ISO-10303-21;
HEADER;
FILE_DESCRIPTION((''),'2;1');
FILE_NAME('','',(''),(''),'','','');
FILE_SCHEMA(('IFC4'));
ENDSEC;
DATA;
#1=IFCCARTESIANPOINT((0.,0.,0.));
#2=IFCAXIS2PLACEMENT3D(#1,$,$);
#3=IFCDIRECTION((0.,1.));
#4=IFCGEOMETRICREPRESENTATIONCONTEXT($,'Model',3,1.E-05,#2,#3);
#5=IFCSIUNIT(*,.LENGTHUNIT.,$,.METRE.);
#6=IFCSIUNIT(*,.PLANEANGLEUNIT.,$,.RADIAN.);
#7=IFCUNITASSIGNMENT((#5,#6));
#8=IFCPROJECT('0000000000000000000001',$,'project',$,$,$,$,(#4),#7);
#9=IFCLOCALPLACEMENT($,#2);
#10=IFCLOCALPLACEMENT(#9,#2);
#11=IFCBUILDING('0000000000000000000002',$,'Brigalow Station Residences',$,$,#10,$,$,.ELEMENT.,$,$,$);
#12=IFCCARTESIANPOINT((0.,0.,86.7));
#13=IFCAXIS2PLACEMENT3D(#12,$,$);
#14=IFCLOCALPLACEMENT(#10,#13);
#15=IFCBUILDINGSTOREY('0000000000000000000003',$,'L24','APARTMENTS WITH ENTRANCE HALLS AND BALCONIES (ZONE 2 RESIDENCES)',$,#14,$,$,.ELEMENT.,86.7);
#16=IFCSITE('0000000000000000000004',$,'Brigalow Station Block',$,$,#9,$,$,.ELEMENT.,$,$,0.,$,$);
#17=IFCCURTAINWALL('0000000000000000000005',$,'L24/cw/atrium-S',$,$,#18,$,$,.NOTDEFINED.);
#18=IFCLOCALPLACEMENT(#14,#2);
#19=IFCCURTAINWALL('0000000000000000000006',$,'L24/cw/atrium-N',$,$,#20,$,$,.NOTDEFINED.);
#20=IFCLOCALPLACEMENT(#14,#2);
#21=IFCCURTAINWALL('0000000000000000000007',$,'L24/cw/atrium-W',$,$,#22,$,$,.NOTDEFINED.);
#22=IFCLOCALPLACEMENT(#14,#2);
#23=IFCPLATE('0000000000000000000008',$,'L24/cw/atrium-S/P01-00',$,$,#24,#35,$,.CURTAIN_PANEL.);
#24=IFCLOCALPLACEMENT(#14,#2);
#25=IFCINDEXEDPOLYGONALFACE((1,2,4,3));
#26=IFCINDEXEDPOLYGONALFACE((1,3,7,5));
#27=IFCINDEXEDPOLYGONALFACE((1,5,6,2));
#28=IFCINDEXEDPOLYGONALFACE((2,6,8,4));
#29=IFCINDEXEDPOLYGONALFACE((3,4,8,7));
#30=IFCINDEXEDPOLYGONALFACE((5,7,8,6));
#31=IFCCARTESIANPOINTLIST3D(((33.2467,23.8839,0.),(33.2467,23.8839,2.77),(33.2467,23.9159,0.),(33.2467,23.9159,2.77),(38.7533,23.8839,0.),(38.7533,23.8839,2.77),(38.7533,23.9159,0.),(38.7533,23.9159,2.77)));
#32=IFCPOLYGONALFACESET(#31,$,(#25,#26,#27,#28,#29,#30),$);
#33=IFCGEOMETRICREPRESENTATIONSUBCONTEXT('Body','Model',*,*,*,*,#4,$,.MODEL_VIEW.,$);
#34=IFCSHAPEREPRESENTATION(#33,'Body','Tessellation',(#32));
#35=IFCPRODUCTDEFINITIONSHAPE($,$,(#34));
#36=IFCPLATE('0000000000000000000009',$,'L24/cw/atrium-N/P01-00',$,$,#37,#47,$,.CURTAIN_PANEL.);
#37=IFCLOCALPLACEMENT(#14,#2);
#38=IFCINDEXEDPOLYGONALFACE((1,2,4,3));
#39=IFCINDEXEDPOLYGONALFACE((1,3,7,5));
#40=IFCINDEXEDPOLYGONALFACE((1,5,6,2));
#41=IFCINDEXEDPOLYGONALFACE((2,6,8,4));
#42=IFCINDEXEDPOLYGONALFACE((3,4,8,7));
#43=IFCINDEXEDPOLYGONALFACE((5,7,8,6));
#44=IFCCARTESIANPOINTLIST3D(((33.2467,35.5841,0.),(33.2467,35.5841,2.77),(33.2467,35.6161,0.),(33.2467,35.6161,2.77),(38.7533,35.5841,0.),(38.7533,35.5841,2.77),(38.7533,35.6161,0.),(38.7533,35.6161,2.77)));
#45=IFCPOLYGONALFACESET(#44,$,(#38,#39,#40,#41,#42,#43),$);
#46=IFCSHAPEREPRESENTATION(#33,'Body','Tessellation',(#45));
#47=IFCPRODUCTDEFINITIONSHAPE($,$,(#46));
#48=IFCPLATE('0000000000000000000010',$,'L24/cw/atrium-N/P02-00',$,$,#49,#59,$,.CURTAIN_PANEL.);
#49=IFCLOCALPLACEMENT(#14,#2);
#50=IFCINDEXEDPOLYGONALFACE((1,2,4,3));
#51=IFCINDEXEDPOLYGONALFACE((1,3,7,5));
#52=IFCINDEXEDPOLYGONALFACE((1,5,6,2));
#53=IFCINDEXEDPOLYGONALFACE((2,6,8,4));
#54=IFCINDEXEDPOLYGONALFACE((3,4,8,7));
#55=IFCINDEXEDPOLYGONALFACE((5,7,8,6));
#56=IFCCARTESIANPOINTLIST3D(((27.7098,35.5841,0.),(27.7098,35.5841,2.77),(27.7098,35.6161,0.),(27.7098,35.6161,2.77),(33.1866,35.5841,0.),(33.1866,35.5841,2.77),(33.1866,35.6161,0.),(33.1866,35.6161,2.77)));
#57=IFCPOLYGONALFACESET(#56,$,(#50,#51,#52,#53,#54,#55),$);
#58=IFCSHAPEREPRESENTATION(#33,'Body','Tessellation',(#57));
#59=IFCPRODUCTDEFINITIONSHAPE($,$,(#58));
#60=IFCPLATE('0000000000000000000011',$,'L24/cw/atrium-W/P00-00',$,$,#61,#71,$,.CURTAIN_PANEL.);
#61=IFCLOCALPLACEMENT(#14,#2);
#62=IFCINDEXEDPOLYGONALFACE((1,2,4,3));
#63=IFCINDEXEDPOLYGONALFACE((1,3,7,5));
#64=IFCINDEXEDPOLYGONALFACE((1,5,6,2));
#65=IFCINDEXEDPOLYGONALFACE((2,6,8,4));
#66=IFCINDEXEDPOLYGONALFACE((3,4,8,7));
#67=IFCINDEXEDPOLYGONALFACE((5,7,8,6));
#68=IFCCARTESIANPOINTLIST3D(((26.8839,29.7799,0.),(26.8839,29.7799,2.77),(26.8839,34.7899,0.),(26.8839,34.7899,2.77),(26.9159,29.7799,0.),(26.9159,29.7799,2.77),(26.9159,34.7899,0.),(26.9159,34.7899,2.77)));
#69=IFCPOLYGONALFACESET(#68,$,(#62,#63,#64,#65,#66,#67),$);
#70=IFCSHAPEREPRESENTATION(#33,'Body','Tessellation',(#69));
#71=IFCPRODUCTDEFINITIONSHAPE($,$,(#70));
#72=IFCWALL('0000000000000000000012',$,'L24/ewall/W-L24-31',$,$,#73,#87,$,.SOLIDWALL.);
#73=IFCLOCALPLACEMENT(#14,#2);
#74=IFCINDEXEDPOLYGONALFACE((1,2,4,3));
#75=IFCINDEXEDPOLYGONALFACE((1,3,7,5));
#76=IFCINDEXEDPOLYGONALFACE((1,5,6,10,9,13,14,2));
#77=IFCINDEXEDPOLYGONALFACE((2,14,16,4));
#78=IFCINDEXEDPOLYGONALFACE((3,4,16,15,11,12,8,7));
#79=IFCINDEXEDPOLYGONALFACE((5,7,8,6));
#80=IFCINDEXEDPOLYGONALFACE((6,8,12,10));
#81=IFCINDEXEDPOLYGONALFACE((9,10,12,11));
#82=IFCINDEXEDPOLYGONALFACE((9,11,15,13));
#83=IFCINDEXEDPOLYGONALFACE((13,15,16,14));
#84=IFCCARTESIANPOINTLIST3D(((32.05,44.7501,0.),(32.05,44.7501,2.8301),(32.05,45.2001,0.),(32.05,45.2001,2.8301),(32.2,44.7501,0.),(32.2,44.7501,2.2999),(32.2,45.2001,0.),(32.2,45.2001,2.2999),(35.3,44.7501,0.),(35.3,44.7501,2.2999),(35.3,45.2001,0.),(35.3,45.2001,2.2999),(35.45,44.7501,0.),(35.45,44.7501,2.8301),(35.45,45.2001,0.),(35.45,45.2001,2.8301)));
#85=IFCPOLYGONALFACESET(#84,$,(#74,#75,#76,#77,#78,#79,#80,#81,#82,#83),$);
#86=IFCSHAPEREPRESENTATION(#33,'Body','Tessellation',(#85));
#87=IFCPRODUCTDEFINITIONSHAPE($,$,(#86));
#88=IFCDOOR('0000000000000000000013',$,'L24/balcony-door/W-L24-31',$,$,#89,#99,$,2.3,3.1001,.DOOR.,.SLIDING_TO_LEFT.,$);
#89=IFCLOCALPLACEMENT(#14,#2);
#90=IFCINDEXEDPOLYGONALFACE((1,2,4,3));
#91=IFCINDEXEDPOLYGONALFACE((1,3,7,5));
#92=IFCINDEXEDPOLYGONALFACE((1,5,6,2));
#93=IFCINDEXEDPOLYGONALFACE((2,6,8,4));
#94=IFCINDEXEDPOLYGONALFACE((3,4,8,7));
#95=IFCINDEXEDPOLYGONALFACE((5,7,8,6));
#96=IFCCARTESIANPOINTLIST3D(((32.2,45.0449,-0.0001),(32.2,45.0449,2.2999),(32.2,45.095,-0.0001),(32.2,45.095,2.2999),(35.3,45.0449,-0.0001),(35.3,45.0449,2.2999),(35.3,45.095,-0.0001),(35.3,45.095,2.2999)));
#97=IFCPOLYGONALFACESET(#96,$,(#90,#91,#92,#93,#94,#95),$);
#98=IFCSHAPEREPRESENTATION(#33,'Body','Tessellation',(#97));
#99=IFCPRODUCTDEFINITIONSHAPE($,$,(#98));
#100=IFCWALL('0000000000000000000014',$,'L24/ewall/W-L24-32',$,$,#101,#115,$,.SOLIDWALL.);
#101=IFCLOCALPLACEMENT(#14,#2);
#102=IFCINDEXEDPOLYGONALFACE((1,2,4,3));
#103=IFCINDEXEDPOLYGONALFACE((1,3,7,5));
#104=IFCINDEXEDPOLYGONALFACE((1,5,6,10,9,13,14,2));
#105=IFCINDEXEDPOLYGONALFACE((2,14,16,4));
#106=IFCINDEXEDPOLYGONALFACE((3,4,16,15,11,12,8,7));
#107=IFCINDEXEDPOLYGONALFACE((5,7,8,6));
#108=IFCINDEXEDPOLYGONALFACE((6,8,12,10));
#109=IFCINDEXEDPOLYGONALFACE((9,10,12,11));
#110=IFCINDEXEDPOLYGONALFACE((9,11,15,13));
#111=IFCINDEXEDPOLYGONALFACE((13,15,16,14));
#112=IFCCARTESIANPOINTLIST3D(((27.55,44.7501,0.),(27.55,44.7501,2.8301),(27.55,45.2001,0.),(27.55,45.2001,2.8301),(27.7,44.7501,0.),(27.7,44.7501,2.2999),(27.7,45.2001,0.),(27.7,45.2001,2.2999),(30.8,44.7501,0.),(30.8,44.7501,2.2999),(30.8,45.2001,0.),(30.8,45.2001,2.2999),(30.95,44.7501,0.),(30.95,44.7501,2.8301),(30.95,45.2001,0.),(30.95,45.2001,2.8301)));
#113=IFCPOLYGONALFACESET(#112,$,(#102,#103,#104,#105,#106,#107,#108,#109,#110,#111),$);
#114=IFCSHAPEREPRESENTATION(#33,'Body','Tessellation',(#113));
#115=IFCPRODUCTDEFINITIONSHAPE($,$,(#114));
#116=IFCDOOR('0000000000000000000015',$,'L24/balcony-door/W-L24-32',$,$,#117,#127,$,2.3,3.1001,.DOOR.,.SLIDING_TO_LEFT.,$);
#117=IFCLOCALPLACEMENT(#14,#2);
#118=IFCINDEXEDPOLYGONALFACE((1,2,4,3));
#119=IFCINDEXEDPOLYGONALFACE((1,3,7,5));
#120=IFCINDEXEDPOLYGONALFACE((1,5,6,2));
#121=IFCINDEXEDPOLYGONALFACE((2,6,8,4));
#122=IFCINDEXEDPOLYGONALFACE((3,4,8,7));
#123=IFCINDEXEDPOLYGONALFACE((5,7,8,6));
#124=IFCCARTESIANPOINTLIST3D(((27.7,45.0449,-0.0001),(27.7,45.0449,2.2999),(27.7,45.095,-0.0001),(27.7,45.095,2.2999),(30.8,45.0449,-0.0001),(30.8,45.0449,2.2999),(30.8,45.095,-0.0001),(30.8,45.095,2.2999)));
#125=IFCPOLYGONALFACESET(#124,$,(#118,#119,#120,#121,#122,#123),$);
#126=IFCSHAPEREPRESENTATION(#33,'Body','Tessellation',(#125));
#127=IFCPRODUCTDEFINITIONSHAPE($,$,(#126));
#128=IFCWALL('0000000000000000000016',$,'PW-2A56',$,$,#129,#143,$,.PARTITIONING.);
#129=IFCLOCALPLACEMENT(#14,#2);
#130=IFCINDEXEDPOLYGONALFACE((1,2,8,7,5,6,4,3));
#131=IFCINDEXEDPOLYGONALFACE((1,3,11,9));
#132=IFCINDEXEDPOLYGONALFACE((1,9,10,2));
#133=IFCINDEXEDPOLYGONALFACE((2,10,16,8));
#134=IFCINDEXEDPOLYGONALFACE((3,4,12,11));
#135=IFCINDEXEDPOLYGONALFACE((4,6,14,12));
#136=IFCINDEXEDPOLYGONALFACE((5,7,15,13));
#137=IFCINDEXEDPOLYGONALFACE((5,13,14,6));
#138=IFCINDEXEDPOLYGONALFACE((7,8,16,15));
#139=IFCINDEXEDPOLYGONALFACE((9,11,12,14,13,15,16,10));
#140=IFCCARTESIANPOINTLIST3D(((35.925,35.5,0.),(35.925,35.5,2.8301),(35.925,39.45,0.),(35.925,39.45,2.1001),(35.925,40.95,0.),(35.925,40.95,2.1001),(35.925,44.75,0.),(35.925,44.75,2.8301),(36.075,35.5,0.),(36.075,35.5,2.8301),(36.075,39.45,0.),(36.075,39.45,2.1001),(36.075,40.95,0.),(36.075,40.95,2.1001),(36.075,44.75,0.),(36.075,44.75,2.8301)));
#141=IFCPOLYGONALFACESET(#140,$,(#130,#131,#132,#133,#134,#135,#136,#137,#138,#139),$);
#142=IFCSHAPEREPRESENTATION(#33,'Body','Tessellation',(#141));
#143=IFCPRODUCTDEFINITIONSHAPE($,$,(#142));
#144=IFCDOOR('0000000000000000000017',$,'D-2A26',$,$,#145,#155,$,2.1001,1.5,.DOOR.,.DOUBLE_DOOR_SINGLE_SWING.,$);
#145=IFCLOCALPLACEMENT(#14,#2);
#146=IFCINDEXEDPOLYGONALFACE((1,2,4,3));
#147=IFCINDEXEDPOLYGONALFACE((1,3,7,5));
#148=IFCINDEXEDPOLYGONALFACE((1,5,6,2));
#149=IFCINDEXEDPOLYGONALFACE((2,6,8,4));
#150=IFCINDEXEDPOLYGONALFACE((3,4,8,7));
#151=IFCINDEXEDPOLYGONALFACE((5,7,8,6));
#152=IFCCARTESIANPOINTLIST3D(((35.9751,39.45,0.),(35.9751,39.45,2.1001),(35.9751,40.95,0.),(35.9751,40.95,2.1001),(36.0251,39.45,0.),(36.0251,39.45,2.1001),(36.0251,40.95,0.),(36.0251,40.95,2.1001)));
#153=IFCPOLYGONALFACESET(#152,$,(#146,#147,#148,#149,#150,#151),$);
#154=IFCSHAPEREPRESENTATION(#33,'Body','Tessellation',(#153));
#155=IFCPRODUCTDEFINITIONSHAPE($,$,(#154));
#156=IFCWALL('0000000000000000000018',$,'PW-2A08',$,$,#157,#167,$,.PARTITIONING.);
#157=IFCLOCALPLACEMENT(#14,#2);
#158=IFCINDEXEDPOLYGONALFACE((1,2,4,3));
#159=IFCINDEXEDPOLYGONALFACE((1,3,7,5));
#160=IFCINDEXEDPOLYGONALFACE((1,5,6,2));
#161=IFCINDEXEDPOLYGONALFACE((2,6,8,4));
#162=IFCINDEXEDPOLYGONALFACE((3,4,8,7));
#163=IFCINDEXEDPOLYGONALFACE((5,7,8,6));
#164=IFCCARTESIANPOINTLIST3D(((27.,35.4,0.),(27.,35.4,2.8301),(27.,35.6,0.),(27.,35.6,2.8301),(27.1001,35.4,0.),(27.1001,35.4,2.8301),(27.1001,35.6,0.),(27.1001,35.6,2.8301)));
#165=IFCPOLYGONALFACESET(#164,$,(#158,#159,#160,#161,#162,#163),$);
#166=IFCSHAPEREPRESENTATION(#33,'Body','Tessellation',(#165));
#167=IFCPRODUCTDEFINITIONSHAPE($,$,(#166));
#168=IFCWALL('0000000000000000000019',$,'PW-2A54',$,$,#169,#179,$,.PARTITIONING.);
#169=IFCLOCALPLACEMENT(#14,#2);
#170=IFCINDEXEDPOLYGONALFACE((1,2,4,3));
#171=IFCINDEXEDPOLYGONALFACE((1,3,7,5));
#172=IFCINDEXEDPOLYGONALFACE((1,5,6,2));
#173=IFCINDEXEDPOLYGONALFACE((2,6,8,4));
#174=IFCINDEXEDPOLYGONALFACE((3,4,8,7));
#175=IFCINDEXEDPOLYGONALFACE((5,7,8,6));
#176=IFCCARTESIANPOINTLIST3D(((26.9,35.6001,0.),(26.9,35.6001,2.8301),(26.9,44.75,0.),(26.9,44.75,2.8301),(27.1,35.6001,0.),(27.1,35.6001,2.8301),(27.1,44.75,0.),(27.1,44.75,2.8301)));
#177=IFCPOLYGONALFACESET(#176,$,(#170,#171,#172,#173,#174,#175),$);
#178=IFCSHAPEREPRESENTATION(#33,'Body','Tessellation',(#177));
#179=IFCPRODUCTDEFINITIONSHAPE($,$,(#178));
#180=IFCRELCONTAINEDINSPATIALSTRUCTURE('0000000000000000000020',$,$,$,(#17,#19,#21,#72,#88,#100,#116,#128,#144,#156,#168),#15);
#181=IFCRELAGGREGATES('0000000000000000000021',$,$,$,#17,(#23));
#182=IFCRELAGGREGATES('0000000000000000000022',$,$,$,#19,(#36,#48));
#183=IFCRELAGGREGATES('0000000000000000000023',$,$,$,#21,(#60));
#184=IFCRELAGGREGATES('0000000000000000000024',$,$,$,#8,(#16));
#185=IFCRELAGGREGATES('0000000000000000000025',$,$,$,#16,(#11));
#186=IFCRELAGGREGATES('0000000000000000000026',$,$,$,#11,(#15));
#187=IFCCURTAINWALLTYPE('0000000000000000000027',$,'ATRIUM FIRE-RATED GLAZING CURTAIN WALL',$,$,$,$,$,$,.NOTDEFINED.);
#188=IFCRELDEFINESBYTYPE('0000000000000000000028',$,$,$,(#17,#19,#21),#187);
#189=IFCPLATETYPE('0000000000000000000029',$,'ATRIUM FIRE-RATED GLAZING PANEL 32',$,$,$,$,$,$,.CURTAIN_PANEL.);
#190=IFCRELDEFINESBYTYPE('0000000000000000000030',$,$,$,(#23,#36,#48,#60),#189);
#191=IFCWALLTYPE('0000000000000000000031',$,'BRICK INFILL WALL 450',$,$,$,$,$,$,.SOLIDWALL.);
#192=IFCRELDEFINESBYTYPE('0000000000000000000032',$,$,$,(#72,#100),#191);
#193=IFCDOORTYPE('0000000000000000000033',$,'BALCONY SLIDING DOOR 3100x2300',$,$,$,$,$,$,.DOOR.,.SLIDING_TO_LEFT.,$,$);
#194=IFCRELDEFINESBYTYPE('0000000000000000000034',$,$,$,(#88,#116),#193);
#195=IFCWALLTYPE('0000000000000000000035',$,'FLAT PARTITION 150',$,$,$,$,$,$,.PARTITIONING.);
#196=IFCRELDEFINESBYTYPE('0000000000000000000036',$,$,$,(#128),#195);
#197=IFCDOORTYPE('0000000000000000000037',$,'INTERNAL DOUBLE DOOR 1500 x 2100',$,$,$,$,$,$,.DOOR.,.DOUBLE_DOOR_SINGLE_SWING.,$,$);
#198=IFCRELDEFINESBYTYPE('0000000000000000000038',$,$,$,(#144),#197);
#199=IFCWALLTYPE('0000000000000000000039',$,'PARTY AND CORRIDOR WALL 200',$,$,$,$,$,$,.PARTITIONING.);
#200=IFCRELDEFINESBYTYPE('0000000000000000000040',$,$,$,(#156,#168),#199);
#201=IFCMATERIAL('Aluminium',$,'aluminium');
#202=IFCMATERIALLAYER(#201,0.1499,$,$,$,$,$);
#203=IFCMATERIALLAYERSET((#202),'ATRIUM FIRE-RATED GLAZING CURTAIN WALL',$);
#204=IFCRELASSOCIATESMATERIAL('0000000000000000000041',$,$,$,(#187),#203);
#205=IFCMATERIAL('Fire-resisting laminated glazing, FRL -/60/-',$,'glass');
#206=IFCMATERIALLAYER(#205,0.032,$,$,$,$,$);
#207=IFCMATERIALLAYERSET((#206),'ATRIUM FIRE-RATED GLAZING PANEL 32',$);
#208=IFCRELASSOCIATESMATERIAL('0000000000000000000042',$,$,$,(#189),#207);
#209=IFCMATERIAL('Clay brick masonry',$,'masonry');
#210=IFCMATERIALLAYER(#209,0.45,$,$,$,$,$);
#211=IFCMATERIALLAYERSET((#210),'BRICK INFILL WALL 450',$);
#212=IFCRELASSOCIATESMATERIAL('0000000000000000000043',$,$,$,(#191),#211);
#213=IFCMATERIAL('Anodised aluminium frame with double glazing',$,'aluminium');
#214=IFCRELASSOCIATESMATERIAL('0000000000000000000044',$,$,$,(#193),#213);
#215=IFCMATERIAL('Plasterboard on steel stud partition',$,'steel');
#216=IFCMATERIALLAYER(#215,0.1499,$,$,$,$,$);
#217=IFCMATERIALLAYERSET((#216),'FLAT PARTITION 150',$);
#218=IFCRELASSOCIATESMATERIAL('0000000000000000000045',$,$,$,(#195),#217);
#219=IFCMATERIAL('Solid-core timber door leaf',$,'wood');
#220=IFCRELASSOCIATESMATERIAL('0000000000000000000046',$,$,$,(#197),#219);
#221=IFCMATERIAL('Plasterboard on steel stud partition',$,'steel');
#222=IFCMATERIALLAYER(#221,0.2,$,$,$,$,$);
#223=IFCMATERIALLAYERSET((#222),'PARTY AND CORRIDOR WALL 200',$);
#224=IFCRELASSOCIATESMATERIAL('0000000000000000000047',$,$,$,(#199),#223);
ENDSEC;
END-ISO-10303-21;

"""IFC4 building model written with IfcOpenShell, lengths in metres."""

from ifc_helpers import new_model, si_unit, direction, frame, frame_2d, origin, origin_2d, place, context, subcontext, project, spatial, rectangle, extrude, material, layer, layer_set, type_object, element, fill, aggregate, save


model = new_model("IFC4")

# Units and contexts
model_context = context("Model", 3, precision=1e-05, world=origin(), true_north=direction((0.0, 1.0)))
body_context = subcontext(model_context, "Body", "Model", "MODEL_VIEW")
ifc_project = project(units=[si_unit("LENGTHUNIT", "METRE"), si_unit("PLANEANGLEUNIT", "RADIAN")], contexts=[model_context])

# Site, building, storey
site_placement = place(None, origin())
site = spatial("IfcSite", under=ifc_project, at=site_placement, Name="Brigalow Station Block", CompositionType="ELEMENT", RefElevation=0.0)
building_placement = place(site_placement, origin())
building = spatial("IfcBuilding", under=site, at=building_placement, Name="Brigalow Station Residences", CompositionType="ELEMENT")
storey_placement = place(building_placement, frame((0.0, 0.0, 86.7)))
storey = spatial("IfcBuildingStorey", under=building, at=storey_placement, Name="L24", Description="APARTMENTS WITH ENTRANCE HALLS AND BALCONIES (ZONE 2 RESIDENCES)", CompositionType="ELEMENT", Elevation=86.7)

# Curtain wall
ifc_material_1 = material(Name="Aluminium", Category="aluminium")
ifc_layer_1 = layer(ifc_material_1, 0.1499)
ifc_layer_set_1 = layer_set([ifc_layer_1], Name="ATRIUM FIRE-RATED GLAZING CURTAIN WALL")
curtain_wall_type = type_object("IfcCurtainWallType", Name="ATRIUM FIRE-RATED GLAZING CURTAIN WALL", PredefinedType="NOTDEFINED", material=ifc_layer_set_1)
curtain_wall_1_placement = place(storey_placement, origin())
curtain_wall_1 = element("IfcCurtainWall", 1, at=curtain_wall_1_placement, inside=storey, type_object=curtain_wall_type, Name="L24/cw/atrium-S", PredefinedType="NOTDEFINED")

# Curtain wall
curtain_wall_2_placement = place(storey_placement, origin())
curtain_wall_2 = element("IfcCurtainWall", 2, at=curtain_wall_2_placement, inside=storey, type_object=curtain_wall_type, Name="L24/cw/atrium-N", PredefinedType="NOTDEFINED")

# Curtain wall
curtain_wall_3_placement = place(storey_placement, origin())
curtain_wall_3 = element("IfcCurtainWall", 3, at=curtain_wall_3_placement, inside=storey, type_object=curtain_wall_type, Name="L24/cw/atrium-W", PredefinedType="NOTDEFINED")

# Plates
ifc_material_2 = material(Name="Fire-resisting laminated glazing, FRL -/60/-", Category="glass")
ifc_layer_2 = layer(ifc_material_2, 0.032)
ifc_layer_set_2 = layer_set([ifc_layer_2], Name="ATRIUM FIRE-RATED GLAZING PANEL 32")
plate_type = type_object("IfcPlateType", Name="ATRIUM FIRE-RATED GLAZING PANEL 32", PredefinedType="CURTAIN_PANEL", material=ifc_layer_set_2)
plate_1_placement = place(storey_placement, frame((36.0, 23.8999, 0.0), z_axis=(0.0, 0.0, 1.0), x_axis=(1.0, 0.0, 0.0)))
plate_1 = element("IfcPlate", 4, at=plate_1_placement, type_object=plate_type, Name="L24/cw/atrium-S/P01-00", PredefinedType="CURTAIN_PANEL", context=body_context, shape_type="SweptSolid", body=[
    extrude(rectangle(XDim=5.5066, YDim=0.032, at=origin_2d()), origin(), (0.0, 0.0, 1.0), 2.77),
])
aggregate(curtain_wall_1, [plate_1])
plate_2_placement = place(storey_placement, frame((36.0, 35.6001, 0.0), z_axis=(0.0, 0.0, 1.0), x_axis=(-1.0, 0.0, 0.0)))
plate_2 = element("IfcPlate", 5, at=plate_2_placement, type_object=plate_type, Name="L24/cw/atrium-N/P01-00", PredefinedType="CURTAIN_PANEL", context=body_context, shape_type="SweptSolid", body=[
    extrude(rectangle(XDim=5.5066, YDim=0.032, at=origin_2d()), origin(), (0.0, 0.0, 1.0), 2.77),
])
plate_3_placement = place(storey_placement, frame((30.4482, 35.6001, 0.0), z_axis=(0.0, 0.0, 1.0), x_axis=(-1.0, 0.0, 0.0)))
plate_3 = element("IfcPlate", 6, at=plate_3_placement, type_object=plate_type, Name="L24/cw/atrium-N/P02-00", PredefinedType="CURTAIN_PANEL", context=body_context, shape_type="SweptSolid", body=[
    extrude(rectangle(XDim=5.4768, YDim=0.032, at=origin_2d()), origin(), (0.0, 0.0, 1.0), 2.77),
])
aggregate(curtain_wall_2, [plate_2, plate_3])
plate_4_placement = place(storey_placement, frame((26.8999, 32.2849, 0.0), z_axis=(0.0, 0.0, 1.0), x_axis=(0.0, -1.0, 0.0)))
plate_4 = element("IfcPlate", 7, at=plate_4_placement, type_object=plate_type, Name="L24/cw/atrium-W/P00-00", PredefinedType="CURTAIN_PANEL", context=body_context, shape_type="SweptSolid", body=[
    extrude(rectangle(XDim=5.01, YDim=0.032, at=origin_2d()), origin(), (0.0, 0.0, 1.0), 2.77),
])
aggregate(curtain_wall_3, [plate_4])

# Walls, openings, doors
ifc_material_3 = material(Name="Clay brick masonry", Category="masonry")
ifc_layer_3 = layer(ifc_material_3, 0.45)
ifc_layer_set_3 = layer_set([ifc_layer_3], Name="BRICK INFILL WALL 450")
wall_type_1 = type_object("IfcWallType", Name="BRICK INFILL WALL 450", PredefinedType="SOLIDWALL", material=ifc_layer_set_3)
wall_1_placement = place(storey_placement, frame((35.45, 44.9751, 0.0), z_axis=(0.0, 0.0, 1.0), x_axis=(-1.0, 0.0, 0.0)))
wall_1 = element("IfcWall", 8, at=wall_1_placement, inside=storey, type_object=wall_type_1, Name="L24/ewall/W-L24-31", PredefinedType="SOLIDWALL", context=body_context, shape_type="SweptSolid", body=[
    extrude(rectangle(XDim=3.3999, YDim=0.45, at=frame_2d((1.7, 0.0))), origin(), (0.0, 0.0, 1.0), 2.8301),
])
opening_1_placement = place(wall_1_placement, frame((0.1499, 0.0, 0.0)))
opening_1 = element("IfcOpeningElement", 9, at=opening_1_placement, cuts=wall_1, PredefinedType="OPENING", context=body_context, shape_type="SweptSolid", body=[
    extrude(rectangle(XDim=3.1001, YDim=2.3, at=frame_2d((1.55, 1.1499))), frame((0.0, 0.2349, 0.0), z_axis=(0.0, -1.0, 0.0), x_axis=(1.0, 0.0, 0.0)), (0.0, 0.0, 1.0), 0.47),
])
ifc_material_4 = material(Name="Anodised aluminium frame with double glazing", Category="aluminium")
door_type_1 = type_object("IfcDoorType", Name="BALCONY SLIDING DOOR 3100x2300", OperationType="SLIDING_TO_LEFT", PredefinedType="DOOR", material=ifc_material_4)
door_1_placement = place(opening_1_placement, origin())
door_1 = element("IfcDoor", 10, at=door_1_placement, inside=storey, type_object=door_type_1, Name="L24/balcony-door/W-L24-31", OperationType="SLIDING_TO_LEFT", OverallHeight=2.3, OverallWidth=3.1001, PredefinedType="DOOR", context=body_context, shape_type="SweptSolid", body=[
    extrude(rectangle(XDim=3.1001, YDim=2.3, at=frame_2d((1.55, 1.1499))), frame((0.0, -0.0698, 0.0), z_axis=(0.0, -1.0, 0.0), x_axis=(1.0, 0.0, 0.0)), (0.0, 0.0, 1.0), 0.05),
])
fill(opening_1, door_1)
wall_2_placement = place(storey_placement, frame((30.95, 44.9751, 0.0), z_axis=(0.0, 0.0, 1.0), x_axis=(-1.0, 0.0, 0.0)))
wall_2 = element("IfcWall", 11, at=wall_2_placement, inside=storey, type_object=wall_type_1, Name="L24/ewall/W-L24-32", PredefinedType="SOLIDWALL", context=body_context, shape_type="SweptSolid", body=[
    extrude(rectangle(XDim=3.3999, YDim=0.45, at=frame_2d((1.7, 0.0))), origin(), (0.0, 0.0, 1.0), 2.8301),
])
opening_2_placement = place(wall_2_placement, frame((0.1499, 0.0, 0.0)))
opening_2 = element("IfcOpeningElement", 12, at=opening_2_placement, cuts=wall_2, PredefinedType="OPENING", context=body_context, shape_type="SweptSolid", body=[
    extrude(rectangle(XDim=3.1001, YDim=2.3, at=frame_2d((1.55, 1.1499))), frame((0.0, 0.2349, 0.0), z_axis=(0.0, -1.0, 0.0), x_axis=(1.0, 0.0, 0.0)), (0.0, 0.0, 1.0), 0.47),
])
door_2_placement = place(opening_2_placement, origin())
door_2 = element("IfcDoor", 13, at=door_2_placement, inside=storey, type_object=door_type_1, Name="L24/balcony-door/W-L24-32", OperationType="SLIDING_TO_LEFT", OverallHeight=2.3, OverallWidth=3.1001, PredefinedType="DOOR", context=body_context, shape_type="SweptSolid", body=[
    extrude(rectangle(XDim=3.1001, YDim=2.3, at=frame_2d((1.55, 1.1499))), frame((0.0, -0.0698, 0.0), z_axis=(0.0, -1.0, 0.0), x_axis=(1.0, 0.0, 0.0)), (0.0, 0.0, 1.0), 0.05),
])
fill(opening_2, door_2)
ifc_material_5 = material(Name="Plasterboard on steel stud partition", Category="steel")
ifc_layer_4 = layer(ifc_material_5, 0.1499)
ifc_layer_set_4 = layer_set([ifc_layer_4], Name="FLAT PARTITION 150")
wall_type_2 = type_object("IfcWallType", Name="FLAT PARTITION 150", PredefinedType="PARTITIONING", material=ifc_layer_set_4)
wall_3_placement = place(storey_placement, frame((36.0, 35.5, 0.0), z_axis=(0.0, 0.0, 1.0), x_axis=(0.0, 1.0, 0.0)))
wall_3 = element("IfcWall", 14, at=wall_3_placement, inside=storey, type_object=wall_type_2, Name="PW-2A56", PredefinedType="PARTITIONING", context=body_context, shape_type="SweptSolid", body=[
    extrude(rectangle(XDim=9.25, YDim=0.1499, at=frame_2d((4.625, 0.0))), origin(), (0.0, 0.0, 1.0), 2.8301),
])
opening_3_placement = place(wall_3_placement, frame((3.95, 0.0, 0.0)))
opening_3 = element("IfcOpeningElement", 15, at=opening_3_placement, cuts=wall_3, PredefinedType="OPENING", context=body_context, shape_type="SweptSolid", body=[
    extrude(rectangle(XDim=1.5, YDim=2.1001, at=frame_2d((0.75, 1.05))), frame((0.0, 0.085, 0.0), z_axis=(0.0, -1.0, 0.0), x_axis=(1.0, 0.0, 0.0)), (0.0, 0.0, 1.0), 0.1699),
])
ifc_material_6 = material(Name="Solid-core timber door leaf", Category="wood")
door_type_2 = type_object("IfcDoorType", Name="INTERNAL DOUBLE DOOR 1500 x 2100", OperationType="DOUBLE_DOOR_SINGLE_SWING", PredefinedType="DOOR", material=ifc_material_6)
door_3_placement = place(opening_3_placement, origin())
door_3 = element("IfcDoor", 16, at=door_3_placement, inside=storey, type_object=door_type_2, Name="D-2A26", OperationType="DOUBLE_DOOR_SINGLE_SWING", OverallHeight=2.1001, OverallWidth=1.5, PredefinedType="DOOR", context=body_context, shape_type="SweptSolid", body=[
    extrude(rectangle(XDim=1.5, YDim=2.1001, at=frame_2d((0.75, 1.05))), frame((0.0, 0.0249, 0.0), z_axis=(0.0, -1.0, 0.0), x_axis=(1.0, 0.0, 0.0)), (0.0, 0.0, 1.0), 0.05),
])
fill(opening_3, door_3)

# Walls
ifc_material_7 = material(Name="Plasterboard on steel stud partition", Category="steel")
ifc_layer_5 = layer(ifc_material_7, 0.2)
ifc_layer_set_5 = layer_set([ifc_layer_5], Name="PARTY AND CORRIDOR WALL 200")
wall_type_3 = type_object("IfcWallType", Name="PARTY AND CORRIDOR WALL 200", PredefinedType="PARTITIONING", material=ifc_layer_set_5)
wall_4_placement = place(storey_placement, frame((27.0, 35.5, 0.0), z_axis=(0.0, 0.0, 1.0), x_axis=(1.0, 0.0, 0.0)))
element("IfcWall", 17, at=wall_4_placement, inside=storey, type_object=wall_type_3, Name="PW-2A08", PredefinedType="PARTITIONING", context=body_context, shape_type="SweptSolid", body=[
    extrude(rectangle(XDim=0.1001, YDim=0.2, at=frame_2d((0.05, 0.0))), origin(), (0.0, 0.0, 1.0), 2.8301),
])
wall_5_placement = place(storey_placement, frame((27.0, 35.6001, 0.0), z_axis=(0.0, 0.0, 1.0), x_axis=(0.0, 1.0, 0.0)))
element("IfcWall", 18, at=wall_5_placement, inside=storey, type_object=wall_type_3, Name="PW-2A54", PredefinedType="PARTITIONING", context=body_context, shape_type="SweptSolid", body=[
    extrude(rectangle(XDim=9.1499, YDim=0.2, at=frame_2d((4.575, 0.0))), origin(), (0.0, 0.0, 1.0), 2.8301),
])

save(model, "model.ifc")
